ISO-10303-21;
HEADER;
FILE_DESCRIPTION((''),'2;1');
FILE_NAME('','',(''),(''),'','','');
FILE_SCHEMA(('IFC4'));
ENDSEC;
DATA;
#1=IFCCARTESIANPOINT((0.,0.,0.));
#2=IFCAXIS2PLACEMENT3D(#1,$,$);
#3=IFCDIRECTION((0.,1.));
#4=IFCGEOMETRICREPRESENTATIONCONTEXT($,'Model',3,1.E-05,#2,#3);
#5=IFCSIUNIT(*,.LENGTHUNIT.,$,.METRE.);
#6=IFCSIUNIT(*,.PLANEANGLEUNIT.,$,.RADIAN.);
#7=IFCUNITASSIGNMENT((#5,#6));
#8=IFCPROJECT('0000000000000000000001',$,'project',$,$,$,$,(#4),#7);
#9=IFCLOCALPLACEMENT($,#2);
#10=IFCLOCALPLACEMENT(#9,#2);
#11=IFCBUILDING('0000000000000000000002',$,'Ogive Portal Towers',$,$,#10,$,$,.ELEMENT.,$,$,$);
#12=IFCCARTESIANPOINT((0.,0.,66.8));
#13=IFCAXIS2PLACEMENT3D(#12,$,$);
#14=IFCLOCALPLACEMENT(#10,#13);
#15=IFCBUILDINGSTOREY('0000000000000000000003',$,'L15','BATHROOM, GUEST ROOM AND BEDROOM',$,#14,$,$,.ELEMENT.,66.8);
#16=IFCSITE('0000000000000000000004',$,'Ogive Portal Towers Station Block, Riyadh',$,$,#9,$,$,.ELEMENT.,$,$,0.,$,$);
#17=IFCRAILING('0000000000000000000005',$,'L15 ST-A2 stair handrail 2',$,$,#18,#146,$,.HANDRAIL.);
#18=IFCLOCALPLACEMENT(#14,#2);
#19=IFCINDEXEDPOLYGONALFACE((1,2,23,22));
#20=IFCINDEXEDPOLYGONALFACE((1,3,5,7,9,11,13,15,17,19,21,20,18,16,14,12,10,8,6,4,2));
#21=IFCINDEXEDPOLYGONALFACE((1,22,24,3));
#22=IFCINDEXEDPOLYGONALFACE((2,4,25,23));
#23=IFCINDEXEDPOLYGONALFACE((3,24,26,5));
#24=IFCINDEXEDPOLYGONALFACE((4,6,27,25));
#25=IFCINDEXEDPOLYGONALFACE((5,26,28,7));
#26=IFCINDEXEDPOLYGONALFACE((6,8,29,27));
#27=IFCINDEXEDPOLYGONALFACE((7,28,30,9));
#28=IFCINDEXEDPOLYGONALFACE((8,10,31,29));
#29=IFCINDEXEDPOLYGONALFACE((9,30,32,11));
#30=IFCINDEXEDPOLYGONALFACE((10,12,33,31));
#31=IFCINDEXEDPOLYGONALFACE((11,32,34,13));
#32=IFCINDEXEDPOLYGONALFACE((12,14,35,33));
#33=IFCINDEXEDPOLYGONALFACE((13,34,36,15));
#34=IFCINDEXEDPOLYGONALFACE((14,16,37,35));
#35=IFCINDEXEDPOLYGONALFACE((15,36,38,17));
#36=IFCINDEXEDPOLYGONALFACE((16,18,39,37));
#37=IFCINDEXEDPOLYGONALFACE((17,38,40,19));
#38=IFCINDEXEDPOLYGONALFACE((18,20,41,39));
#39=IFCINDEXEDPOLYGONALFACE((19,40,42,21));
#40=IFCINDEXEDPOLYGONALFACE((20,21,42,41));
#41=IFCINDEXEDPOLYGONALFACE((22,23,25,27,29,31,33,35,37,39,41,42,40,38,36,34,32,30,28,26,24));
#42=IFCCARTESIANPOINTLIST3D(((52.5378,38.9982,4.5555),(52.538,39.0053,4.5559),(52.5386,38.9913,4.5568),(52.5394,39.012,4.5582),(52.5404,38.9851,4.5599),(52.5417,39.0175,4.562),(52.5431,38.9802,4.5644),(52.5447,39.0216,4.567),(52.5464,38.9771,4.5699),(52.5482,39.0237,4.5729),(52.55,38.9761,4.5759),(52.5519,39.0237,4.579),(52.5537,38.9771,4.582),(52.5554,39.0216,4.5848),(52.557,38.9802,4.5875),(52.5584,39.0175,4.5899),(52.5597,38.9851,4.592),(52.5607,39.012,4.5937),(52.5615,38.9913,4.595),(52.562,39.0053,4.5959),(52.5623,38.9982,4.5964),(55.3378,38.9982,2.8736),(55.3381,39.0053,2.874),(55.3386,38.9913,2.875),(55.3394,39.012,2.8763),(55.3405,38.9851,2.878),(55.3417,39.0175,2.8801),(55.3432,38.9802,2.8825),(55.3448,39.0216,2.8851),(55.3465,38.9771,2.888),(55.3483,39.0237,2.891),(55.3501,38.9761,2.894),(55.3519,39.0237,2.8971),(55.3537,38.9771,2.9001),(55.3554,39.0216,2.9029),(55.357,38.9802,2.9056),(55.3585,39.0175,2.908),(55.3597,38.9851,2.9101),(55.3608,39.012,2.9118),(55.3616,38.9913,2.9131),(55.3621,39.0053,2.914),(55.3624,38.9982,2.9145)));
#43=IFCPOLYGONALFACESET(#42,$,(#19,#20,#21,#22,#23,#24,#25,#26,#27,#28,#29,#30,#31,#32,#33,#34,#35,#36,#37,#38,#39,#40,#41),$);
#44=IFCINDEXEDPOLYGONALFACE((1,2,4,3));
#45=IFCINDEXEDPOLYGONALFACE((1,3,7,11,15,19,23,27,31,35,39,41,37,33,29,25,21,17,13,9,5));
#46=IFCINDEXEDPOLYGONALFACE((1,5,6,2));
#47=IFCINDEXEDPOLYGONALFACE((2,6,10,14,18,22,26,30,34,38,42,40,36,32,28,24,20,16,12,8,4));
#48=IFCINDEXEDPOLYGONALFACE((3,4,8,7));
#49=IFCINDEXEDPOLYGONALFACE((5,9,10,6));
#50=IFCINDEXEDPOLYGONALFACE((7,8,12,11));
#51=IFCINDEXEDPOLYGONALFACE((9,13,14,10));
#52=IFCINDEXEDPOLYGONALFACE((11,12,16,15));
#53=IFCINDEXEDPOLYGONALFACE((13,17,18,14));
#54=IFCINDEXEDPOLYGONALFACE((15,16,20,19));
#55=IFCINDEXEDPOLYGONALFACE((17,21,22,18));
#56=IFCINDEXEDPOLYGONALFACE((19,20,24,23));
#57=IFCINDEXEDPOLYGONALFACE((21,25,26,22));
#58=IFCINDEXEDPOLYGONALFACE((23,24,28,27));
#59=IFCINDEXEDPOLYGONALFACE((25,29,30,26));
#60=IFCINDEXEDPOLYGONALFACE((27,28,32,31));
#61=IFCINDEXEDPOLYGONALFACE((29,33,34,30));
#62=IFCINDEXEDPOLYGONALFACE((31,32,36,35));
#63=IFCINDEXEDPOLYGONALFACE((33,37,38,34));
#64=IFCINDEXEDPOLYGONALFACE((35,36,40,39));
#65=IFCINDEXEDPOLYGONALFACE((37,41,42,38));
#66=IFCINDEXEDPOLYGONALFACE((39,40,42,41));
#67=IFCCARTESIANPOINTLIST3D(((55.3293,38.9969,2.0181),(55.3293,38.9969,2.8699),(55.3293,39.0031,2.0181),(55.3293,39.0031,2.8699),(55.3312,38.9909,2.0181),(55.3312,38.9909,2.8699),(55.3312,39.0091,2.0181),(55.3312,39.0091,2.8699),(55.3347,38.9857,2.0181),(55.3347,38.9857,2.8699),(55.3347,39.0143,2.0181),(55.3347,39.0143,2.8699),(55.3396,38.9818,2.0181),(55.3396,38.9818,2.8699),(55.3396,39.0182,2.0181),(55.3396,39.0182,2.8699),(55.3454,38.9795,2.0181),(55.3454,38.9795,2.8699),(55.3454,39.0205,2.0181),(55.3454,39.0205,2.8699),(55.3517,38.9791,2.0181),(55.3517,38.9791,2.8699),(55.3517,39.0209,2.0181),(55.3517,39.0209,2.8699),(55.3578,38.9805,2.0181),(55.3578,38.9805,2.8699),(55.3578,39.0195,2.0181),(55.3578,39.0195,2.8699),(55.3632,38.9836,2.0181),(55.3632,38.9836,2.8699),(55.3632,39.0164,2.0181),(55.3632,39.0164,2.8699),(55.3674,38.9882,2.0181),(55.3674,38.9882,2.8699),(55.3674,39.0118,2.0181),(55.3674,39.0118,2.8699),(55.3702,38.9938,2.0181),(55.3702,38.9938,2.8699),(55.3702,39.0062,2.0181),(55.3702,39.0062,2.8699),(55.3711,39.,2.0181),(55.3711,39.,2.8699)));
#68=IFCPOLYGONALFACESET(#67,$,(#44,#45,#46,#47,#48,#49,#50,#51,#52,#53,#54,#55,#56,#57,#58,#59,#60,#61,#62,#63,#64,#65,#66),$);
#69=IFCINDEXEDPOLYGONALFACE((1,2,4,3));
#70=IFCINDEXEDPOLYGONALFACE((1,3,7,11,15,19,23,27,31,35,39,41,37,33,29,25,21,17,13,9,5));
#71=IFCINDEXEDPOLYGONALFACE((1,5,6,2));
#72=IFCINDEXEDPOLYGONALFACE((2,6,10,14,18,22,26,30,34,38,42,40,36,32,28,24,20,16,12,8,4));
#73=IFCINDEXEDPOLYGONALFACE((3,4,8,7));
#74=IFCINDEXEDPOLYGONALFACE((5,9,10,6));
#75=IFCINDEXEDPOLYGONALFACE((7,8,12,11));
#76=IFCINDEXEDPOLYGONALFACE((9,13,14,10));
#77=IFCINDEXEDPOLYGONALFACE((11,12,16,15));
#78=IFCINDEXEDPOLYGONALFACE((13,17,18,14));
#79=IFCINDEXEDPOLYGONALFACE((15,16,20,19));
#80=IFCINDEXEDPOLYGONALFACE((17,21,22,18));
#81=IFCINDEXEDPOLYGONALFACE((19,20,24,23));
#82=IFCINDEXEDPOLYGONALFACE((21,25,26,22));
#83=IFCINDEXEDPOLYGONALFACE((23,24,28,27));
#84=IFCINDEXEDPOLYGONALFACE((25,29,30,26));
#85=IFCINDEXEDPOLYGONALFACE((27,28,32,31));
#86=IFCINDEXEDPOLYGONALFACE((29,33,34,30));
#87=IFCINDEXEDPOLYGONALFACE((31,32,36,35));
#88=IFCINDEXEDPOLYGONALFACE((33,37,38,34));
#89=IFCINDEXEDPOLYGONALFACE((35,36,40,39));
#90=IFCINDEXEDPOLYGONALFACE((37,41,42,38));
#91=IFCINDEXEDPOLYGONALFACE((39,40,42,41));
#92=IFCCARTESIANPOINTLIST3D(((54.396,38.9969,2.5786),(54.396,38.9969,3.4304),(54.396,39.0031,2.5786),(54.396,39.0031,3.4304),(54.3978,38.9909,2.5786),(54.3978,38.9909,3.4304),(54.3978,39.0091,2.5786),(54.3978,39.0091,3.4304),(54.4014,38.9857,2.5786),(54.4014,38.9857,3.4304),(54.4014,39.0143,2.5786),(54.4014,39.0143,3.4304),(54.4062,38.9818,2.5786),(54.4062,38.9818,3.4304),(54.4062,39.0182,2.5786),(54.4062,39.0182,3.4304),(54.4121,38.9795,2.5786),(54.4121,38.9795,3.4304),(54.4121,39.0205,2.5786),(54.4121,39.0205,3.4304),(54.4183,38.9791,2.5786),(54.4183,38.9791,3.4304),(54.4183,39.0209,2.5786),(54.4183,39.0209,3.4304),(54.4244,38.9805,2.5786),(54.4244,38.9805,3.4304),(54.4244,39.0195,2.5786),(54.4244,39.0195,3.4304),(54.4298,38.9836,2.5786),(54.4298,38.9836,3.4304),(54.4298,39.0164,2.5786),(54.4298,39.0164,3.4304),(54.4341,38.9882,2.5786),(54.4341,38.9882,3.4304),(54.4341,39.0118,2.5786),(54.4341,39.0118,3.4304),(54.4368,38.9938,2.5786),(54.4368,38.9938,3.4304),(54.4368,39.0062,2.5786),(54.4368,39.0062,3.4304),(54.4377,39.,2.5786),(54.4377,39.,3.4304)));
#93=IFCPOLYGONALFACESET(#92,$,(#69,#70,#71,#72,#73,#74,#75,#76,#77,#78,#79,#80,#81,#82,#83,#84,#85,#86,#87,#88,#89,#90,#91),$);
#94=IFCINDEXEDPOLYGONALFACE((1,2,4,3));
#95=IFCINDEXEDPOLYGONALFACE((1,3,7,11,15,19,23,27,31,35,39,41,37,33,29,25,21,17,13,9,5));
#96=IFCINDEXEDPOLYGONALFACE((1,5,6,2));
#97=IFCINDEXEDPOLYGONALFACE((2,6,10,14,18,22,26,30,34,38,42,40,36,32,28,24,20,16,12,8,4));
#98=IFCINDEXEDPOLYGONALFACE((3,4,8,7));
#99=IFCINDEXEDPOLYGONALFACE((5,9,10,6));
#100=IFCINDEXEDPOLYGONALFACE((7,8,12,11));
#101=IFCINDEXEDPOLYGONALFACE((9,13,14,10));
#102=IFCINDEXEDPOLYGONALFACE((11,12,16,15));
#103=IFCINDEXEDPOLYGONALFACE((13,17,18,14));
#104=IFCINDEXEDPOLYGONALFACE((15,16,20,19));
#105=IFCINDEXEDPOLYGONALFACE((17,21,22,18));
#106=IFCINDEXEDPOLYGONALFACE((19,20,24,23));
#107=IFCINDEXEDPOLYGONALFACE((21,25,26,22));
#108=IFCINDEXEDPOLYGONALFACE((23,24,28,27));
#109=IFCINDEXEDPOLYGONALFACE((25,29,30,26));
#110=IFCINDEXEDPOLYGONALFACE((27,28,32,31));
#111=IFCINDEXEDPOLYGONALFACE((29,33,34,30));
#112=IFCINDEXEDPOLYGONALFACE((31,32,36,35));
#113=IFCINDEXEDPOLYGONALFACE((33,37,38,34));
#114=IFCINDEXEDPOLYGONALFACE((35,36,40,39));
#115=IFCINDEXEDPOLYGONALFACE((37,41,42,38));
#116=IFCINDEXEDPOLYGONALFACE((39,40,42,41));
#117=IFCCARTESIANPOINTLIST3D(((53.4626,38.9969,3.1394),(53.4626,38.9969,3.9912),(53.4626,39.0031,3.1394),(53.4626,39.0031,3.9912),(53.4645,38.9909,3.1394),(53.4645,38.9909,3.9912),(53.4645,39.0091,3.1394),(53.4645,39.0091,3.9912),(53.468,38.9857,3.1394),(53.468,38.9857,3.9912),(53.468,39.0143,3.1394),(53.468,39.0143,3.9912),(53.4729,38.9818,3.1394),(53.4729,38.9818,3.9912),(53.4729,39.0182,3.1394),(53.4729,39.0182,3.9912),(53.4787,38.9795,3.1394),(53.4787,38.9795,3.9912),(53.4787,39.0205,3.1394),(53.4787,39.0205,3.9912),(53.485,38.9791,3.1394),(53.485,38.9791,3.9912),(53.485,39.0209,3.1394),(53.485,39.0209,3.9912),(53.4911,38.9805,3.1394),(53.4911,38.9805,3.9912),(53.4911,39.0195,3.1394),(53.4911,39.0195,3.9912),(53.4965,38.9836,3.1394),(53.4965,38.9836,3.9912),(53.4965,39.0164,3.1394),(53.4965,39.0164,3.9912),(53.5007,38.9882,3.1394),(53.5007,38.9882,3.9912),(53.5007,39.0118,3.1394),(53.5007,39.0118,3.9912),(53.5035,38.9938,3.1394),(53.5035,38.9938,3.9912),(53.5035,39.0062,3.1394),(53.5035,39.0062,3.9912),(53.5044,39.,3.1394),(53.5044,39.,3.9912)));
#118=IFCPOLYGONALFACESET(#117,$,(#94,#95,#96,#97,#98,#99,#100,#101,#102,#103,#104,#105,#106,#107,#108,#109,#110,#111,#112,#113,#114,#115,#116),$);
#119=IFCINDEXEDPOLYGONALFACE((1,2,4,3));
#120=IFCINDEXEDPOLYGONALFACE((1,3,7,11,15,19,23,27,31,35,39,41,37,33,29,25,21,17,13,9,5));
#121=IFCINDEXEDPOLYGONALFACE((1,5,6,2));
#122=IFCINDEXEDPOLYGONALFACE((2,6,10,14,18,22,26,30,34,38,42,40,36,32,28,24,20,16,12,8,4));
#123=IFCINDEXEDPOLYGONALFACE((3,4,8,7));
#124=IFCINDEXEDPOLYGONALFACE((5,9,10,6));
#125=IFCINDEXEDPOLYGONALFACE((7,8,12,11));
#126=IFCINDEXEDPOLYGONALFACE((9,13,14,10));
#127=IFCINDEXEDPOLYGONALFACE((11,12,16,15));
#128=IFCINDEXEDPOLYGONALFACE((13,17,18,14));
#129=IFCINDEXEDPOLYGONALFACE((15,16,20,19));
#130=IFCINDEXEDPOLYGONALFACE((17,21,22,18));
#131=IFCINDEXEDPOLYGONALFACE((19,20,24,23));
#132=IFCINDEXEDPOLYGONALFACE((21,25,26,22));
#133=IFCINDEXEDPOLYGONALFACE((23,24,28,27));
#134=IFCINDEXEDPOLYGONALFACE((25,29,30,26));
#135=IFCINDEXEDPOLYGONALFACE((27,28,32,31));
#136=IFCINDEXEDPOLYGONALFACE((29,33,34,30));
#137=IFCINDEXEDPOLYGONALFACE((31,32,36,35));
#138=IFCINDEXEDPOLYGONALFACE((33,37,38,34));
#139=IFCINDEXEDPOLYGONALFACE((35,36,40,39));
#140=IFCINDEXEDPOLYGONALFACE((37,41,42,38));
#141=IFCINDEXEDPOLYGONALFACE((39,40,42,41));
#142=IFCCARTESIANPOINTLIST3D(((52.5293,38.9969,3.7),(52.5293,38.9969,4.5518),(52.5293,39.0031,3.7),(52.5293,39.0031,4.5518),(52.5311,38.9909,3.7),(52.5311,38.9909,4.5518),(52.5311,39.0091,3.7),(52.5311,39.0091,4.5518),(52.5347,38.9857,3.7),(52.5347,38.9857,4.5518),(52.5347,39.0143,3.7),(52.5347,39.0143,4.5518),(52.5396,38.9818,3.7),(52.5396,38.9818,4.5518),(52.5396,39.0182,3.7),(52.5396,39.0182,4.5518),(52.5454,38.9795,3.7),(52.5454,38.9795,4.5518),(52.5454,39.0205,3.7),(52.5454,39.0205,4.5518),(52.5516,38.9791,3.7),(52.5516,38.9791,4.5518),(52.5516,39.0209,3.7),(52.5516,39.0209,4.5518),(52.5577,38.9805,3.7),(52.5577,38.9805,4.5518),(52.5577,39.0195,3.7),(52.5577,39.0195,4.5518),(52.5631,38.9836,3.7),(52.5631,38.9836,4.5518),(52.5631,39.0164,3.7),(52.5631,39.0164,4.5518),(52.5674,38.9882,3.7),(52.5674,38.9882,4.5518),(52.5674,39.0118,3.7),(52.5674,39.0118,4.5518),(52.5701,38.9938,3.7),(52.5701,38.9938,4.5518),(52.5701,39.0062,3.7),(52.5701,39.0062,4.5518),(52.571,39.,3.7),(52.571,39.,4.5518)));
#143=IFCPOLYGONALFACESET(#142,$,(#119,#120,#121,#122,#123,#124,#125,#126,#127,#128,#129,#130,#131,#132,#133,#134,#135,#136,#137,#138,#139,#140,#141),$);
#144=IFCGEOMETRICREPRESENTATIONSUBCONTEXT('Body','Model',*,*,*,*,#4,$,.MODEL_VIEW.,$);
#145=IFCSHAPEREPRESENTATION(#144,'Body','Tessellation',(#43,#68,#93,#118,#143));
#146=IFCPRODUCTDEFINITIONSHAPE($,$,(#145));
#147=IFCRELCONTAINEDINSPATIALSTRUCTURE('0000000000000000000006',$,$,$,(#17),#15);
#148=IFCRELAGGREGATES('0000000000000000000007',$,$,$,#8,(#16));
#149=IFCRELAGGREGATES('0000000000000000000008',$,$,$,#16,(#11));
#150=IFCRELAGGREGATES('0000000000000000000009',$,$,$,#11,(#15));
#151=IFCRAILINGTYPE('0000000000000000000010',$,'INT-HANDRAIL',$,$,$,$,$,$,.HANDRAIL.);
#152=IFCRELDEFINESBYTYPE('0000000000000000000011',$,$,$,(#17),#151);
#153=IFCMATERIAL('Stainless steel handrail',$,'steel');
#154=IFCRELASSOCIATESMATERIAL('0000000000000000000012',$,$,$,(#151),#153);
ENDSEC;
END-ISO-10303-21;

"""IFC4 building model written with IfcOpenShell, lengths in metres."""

from ifc_helpers import new_model, si_unit, direction, frame, origin, origin_2d, place, context, subcontext, project, spatial, circle, extrude, material, type_object, element, save


model = new_model("IFC4")

# Units and contexts
model_context = context("Model", 3, precision=1e-05, world=origin(), true_north=direction((0.0, 1.0)))
body_context = subcontext(model_context, "Body", "Model", "MODEL_VIEW")
ifc_project = project(units=[si_unit("LENGTHUNIT", "METRE"), si_unit("PLANEANGLEUNIT", "RADIAN")], contexts=[model_context])

# Site, building, storey
site_placement = place(None, origin())
site = spatial("IfcSite", under=ifc_project, at=site_placement, Name="Ogive Portal Towers Station Block, Riyadh", CompositionType="ELEMENT", RefElevation=0.0)
building_placement = place(site_placement, origin())
building = spatial("IfcBuilding", under=site, at=building_placement, Name="Ogive Portal Towers", CompositionType="ELEMENT")
storey_placement = place(building_placement, frame((0.0, 0.0, 66.8)))
storey = spatial("IfcBuildingStorey", under=building, at=storey_placement, Name="L15", Description="BATHROOM, GUEST ROOM AND BEDROOM", CompositionType="ELEMENT", Elevation=66.8)

# Railing
ifc_material_1 = material(Name="Stainless steel handrail", Category="steel")
railing_type_1 = type_object("IfcRailingType", Name="INT-HANDRAIL", PredefinedType="HANDRAIL", material=ifc_material_1)
railing_1_placement = place(storey_placement, frame((55.3501, 39.0, 2.0181)))
element("IfcRailing", 1, at=railing_1_placement, inside=storey, type_object=railing_type_1, Name="L15 ST-A2 stair handrail 2", PredefinedType="HANDRAIL", context=body_context, shape_type="SweptSolid", body=[
    extrude(circle(Radius=0.0239, at=origin_2d()), frame((0.0, 0.0, 0.876), z_axis=(-0.857242, 0.0, 0.514913), x_axis=(0.0, -1.0, 0.0)), (0.0, 0.0, 1.0), 3.2664),
    extrude(circle(Radius=0.021, at=origin_2d()), origin(), (0.0, 0.0, 1.0), 0.8518),
    extrude(circle(Radius=0.021, at=origin_2d()), frame((-0.9333, 0.0, 0.5605)), (0.0, 0.0, 1.0), 0.8518),
    extrude(circle(Radius=0.021, at=origin_2d()), frame((-1.8667, 0.0, 1.1213)), (0.0, 0.0, 1.0), 0.8518),
    extrude(circle(Radius=0.021, at=origin_2d()), frame((-2.8, 0.0, 1.6819)), (0.0, 0.0, 1.0), 0.8518),
])

save(model, "model.ifc")
